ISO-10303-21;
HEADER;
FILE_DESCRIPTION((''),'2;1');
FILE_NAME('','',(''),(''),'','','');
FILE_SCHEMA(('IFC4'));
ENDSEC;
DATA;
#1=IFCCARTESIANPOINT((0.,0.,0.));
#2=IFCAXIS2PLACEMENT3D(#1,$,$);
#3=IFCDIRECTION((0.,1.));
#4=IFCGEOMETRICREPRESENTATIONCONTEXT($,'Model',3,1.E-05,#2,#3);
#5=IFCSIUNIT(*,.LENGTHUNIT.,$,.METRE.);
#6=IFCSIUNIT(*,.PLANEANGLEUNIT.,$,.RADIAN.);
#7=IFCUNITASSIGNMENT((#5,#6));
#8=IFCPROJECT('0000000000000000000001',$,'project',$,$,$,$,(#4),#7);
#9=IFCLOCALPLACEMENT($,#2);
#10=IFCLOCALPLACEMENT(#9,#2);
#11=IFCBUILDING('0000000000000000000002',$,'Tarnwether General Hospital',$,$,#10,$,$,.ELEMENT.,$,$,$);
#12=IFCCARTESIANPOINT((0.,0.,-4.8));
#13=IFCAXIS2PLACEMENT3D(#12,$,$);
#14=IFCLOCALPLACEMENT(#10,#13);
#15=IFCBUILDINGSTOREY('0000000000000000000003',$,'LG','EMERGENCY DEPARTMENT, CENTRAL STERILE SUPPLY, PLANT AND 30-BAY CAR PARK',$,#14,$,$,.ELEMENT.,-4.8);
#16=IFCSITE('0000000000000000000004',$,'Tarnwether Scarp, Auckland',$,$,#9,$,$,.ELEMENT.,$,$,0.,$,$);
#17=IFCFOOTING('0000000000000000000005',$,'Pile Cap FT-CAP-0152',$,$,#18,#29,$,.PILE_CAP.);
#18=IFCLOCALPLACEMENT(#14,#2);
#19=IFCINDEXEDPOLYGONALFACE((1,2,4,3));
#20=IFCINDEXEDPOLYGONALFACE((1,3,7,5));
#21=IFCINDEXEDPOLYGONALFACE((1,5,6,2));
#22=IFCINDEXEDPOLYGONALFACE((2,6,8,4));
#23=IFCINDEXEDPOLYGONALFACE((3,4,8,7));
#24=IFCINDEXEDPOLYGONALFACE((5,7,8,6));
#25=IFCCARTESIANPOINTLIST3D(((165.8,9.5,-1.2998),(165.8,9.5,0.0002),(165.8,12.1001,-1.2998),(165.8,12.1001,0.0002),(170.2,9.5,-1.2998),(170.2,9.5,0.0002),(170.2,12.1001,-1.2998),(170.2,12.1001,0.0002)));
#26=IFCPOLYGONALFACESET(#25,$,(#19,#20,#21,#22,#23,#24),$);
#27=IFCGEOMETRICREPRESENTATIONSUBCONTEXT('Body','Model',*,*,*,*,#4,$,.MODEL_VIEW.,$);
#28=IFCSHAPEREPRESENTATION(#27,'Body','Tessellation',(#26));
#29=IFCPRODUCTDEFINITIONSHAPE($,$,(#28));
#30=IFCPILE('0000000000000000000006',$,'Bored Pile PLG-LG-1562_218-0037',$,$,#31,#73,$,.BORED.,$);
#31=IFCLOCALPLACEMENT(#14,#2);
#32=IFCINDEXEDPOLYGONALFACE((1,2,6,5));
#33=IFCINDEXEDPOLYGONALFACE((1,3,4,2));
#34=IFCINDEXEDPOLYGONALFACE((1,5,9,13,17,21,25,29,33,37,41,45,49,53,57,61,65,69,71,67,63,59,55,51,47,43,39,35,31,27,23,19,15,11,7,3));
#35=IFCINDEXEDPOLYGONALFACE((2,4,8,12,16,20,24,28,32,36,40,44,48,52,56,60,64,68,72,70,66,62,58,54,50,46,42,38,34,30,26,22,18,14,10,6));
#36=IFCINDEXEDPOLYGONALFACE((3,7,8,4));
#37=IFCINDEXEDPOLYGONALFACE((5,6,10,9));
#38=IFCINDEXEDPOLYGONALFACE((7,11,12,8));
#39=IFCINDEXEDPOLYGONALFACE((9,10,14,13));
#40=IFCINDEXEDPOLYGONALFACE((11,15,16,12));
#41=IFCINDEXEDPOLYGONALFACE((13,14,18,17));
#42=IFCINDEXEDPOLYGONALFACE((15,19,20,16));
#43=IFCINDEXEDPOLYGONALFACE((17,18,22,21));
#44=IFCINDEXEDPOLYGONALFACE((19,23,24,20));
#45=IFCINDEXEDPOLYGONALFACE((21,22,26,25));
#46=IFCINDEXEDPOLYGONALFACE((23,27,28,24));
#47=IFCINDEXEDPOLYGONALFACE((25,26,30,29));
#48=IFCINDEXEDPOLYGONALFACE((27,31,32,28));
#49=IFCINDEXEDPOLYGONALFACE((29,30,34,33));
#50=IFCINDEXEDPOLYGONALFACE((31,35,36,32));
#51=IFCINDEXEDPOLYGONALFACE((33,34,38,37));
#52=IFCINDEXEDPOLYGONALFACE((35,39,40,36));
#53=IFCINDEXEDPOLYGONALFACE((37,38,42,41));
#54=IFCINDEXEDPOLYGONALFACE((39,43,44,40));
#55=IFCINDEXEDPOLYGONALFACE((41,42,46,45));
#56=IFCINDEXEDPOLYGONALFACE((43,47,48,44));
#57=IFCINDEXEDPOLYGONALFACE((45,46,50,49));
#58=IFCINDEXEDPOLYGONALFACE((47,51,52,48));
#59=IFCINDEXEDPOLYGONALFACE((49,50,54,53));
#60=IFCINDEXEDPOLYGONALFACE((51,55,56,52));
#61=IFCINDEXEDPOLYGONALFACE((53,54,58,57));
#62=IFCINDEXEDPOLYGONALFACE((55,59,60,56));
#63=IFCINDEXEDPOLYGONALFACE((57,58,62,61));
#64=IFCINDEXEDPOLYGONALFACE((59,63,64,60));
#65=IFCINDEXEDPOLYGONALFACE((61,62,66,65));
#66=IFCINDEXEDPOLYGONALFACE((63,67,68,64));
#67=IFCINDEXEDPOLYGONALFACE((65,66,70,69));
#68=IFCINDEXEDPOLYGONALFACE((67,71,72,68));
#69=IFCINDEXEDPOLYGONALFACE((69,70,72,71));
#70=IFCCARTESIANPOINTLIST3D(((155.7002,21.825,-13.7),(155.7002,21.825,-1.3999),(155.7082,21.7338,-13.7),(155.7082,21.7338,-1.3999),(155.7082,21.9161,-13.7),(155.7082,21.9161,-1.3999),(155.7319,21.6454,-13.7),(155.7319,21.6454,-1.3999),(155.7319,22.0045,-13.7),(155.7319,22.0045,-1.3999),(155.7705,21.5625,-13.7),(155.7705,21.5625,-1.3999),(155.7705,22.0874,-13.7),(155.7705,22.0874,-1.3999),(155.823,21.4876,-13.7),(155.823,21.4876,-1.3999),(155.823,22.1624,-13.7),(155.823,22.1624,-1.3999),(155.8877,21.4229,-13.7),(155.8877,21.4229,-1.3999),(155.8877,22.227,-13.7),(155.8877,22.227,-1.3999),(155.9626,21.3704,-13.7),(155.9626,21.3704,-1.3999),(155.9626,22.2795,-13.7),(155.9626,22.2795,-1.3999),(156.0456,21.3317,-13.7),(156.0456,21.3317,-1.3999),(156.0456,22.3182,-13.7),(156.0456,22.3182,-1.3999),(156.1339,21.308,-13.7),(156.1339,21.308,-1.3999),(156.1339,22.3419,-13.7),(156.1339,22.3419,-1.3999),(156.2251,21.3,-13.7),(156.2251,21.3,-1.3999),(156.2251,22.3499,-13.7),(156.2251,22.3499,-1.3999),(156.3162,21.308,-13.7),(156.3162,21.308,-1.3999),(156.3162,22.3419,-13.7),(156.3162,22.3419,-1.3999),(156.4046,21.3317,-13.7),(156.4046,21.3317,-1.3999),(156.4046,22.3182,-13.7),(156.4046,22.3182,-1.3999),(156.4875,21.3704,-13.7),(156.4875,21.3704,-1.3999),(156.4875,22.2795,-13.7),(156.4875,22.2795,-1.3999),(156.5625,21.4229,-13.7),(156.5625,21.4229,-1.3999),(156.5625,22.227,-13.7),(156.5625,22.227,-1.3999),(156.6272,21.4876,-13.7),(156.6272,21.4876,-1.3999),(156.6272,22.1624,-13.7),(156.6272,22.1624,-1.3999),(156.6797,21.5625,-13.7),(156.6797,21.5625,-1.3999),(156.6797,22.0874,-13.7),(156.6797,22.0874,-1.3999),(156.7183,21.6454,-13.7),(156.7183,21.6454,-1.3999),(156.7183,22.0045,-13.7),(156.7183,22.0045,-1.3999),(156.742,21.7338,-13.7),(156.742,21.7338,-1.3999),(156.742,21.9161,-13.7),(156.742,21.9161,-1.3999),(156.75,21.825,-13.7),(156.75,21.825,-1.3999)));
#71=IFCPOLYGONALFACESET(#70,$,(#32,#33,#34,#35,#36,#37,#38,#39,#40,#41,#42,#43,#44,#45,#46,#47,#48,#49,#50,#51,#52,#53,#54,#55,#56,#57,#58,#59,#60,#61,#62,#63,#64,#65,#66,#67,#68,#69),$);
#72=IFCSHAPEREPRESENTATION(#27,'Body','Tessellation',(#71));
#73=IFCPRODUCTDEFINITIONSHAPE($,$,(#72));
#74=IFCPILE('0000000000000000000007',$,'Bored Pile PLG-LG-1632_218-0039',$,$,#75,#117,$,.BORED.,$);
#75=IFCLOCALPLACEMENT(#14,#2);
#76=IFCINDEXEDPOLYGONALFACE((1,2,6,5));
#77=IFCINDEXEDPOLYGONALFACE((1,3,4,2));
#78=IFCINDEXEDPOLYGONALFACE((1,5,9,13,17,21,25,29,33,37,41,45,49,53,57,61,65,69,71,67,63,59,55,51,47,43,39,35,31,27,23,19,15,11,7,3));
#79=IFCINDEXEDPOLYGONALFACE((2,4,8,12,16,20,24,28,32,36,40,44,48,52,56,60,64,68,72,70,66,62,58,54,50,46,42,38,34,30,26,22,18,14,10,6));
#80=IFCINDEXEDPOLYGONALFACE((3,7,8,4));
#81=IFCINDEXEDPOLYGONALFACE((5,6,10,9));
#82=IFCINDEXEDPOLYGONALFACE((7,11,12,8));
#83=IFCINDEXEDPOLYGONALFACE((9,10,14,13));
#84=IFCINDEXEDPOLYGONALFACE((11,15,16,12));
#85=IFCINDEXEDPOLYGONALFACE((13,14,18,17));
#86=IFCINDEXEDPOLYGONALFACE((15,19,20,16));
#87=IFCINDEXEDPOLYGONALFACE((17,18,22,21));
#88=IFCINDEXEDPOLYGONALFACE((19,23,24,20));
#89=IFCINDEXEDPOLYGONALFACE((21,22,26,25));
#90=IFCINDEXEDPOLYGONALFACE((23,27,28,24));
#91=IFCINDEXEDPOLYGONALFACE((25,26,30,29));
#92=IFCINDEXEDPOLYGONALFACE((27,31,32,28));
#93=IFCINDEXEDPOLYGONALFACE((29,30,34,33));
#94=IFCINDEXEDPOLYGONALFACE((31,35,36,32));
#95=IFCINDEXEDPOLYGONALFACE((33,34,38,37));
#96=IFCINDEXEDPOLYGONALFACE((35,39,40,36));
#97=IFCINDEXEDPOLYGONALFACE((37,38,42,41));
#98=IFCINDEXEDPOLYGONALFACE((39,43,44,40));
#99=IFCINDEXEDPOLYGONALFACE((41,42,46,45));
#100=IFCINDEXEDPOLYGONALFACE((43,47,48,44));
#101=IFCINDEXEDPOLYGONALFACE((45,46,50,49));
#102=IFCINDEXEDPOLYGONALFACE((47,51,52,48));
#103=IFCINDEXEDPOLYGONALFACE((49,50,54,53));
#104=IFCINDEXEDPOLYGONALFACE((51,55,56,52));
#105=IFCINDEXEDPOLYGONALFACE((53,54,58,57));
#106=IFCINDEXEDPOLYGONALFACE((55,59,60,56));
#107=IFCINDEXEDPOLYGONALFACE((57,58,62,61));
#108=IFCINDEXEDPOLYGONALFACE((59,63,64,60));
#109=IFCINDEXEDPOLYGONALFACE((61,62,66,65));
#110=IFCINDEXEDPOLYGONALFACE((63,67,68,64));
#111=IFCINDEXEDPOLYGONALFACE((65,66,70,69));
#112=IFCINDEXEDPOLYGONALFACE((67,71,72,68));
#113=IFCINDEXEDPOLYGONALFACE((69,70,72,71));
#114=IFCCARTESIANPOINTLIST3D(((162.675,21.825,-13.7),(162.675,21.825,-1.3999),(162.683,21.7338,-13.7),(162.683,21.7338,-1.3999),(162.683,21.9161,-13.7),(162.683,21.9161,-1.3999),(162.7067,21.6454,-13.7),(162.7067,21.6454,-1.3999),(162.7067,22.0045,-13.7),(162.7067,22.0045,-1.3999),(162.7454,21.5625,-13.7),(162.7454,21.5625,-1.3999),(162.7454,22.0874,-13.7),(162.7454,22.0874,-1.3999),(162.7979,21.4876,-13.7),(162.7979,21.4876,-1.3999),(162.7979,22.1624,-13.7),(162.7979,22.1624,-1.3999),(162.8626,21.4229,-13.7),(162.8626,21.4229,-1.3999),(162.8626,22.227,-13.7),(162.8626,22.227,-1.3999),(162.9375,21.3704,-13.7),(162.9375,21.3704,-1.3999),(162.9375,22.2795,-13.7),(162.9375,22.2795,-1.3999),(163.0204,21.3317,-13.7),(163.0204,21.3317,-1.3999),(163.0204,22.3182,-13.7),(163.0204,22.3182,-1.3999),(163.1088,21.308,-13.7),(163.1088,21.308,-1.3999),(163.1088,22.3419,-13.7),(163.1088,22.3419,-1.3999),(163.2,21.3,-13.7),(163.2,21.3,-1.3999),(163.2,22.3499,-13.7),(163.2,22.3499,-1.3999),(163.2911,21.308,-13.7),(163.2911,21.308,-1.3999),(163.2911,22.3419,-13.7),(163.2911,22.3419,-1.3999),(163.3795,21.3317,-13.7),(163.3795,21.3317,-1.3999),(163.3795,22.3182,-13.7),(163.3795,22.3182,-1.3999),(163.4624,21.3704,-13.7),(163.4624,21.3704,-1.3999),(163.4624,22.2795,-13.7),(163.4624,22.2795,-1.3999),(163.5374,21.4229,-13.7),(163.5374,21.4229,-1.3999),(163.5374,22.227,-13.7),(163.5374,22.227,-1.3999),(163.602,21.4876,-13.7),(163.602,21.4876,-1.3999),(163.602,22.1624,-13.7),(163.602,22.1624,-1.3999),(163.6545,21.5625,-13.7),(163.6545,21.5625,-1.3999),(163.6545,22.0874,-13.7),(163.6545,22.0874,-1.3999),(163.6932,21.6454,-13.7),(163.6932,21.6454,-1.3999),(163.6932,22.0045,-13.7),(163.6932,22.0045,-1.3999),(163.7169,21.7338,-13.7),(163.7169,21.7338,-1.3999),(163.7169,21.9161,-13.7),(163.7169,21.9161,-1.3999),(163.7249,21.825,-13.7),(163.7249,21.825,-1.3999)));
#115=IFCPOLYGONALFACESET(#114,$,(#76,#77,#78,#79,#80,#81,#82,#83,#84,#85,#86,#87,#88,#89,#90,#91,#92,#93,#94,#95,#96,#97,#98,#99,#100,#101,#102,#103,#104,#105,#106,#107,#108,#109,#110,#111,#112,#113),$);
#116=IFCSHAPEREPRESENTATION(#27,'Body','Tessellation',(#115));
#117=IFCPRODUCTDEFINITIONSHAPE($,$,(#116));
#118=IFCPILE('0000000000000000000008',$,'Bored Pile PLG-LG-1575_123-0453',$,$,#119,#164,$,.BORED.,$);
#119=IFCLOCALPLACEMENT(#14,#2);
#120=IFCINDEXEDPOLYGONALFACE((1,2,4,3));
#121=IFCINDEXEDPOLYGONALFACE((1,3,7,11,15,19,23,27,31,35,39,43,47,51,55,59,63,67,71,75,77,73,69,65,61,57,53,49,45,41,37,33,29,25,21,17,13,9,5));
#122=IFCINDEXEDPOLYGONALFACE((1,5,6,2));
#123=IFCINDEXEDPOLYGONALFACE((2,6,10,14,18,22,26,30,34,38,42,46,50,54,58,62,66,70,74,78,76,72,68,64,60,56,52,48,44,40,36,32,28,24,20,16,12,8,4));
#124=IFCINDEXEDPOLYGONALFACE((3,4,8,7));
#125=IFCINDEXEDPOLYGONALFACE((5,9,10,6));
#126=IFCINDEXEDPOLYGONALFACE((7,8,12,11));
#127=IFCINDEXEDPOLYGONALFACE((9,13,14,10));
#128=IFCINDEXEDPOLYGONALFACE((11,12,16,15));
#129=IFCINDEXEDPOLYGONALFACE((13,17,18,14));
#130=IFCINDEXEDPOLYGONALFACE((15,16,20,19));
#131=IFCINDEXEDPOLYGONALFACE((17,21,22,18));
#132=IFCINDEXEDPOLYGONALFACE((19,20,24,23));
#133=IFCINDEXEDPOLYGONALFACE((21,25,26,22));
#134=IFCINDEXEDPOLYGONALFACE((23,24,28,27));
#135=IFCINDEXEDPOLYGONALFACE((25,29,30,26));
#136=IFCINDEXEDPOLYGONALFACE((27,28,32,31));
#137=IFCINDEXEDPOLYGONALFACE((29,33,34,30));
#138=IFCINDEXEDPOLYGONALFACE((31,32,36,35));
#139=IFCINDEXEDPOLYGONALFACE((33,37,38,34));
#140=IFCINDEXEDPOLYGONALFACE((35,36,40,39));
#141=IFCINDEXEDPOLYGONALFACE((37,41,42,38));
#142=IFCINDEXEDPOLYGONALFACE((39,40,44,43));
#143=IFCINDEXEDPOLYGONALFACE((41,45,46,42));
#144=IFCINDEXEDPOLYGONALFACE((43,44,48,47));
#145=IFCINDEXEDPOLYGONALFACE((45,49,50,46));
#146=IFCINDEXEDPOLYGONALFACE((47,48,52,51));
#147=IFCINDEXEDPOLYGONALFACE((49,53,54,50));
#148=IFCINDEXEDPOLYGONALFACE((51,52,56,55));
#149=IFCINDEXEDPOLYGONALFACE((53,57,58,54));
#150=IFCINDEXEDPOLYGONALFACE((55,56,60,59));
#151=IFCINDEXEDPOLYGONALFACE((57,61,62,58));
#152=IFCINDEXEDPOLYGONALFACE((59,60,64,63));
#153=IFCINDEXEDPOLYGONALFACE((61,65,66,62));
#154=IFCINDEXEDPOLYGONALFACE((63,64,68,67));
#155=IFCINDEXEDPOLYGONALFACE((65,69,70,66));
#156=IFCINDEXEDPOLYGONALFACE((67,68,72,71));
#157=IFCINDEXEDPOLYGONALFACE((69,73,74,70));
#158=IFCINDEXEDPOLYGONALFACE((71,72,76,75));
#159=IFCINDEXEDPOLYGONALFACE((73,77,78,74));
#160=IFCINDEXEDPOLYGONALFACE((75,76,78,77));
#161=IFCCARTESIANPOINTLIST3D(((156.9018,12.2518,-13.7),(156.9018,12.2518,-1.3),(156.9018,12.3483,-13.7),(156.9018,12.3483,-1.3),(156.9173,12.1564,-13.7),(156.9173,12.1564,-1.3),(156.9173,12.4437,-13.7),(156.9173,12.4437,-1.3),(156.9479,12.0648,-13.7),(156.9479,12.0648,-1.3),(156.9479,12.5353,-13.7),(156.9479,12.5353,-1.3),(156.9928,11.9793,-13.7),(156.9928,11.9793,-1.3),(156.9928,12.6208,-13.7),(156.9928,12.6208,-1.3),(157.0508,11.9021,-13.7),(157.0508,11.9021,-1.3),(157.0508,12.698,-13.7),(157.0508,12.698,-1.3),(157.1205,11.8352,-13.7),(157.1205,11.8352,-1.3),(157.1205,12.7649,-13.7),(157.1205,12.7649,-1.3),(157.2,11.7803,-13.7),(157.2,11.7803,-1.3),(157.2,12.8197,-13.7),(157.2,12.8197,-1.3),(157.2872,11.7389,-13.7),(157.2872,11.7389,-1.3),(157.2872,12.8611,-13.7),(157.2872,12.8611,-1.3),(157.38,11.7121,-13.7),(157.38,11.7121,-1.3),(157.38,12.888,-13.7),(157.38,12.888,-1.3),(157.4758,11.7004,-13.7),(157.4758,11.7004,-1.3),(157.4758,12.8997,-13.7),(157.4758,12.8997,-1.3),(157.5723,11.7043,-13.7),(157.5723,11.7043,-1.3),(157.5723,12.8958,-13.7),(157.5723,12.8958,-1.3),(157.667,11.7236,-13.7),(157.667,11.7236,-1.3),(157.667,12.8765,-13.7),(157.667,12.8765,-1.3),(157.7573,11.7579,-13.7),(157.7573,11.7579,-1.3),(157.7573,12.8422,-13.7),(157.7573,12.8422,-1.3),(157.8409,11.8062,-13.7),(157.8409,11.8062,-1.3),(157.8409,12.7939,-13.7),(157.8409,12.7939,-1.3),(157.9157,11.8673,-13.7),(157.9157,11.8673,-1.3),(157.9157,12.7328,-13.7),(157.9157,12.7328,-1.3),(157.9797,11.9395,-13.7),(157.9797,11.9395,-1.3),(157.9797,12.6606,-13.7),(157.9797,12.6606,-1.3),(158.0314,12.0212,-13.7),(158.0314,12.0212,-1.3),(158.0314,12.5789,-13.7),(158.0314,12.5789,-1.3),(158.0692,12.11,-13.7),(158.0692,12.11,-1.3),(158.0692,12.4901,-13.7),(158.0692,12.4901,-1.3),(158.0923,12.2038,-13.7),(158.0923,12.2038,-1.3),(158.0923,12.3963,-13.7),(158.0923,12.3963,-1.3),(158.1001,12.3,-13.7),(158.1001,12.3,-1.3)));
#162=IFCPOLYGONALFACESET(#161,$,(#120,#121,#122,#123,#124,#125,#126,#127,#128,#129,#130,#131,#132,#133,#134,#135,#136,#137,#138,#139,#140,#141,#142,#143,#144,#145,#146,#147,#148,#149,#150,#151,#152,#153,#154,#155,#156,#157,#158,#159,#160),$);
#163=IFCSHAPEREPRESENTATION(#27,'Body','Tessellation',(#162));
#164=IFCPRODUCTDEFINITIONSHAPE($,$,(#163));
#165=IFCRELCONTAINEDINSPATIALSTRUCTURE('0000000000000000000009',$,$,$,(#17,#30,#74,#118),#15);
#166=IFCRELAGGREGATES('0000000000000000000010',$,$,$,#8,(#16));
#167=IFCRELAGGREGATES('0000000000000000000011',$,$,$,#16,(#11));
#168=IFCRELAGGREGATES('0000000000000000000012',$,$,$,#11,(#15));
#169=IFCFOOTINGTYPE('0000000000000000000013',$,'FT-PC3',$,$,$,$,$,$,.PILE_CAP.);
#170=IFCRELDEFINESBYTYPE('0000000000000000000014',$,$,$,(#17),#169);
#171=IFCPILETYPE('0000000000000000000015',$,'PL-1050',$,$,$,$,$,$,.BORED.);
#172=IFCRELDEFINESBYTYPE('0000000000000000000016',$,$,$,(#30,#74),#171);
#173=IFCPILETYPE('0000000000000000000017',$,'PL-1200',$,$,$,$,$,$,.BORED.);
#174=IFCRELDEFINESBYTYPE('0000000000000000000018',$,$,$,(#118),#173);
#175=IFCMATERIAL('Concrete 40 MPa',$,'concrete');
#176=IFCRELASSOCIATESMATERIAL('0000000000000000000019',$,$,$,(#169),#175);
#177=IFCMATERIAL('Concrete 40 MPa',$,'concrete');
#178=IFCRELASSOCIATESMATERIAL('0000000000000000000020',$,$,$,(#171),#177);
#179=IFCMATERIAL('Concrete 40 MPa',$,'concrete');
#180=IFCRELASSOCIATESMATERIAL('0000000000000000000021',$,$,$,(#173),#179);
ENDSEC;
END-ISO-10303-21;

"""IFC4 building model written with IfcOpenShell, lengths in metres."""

from ifc_helpers import new_model, si_unit, direction, frame, origin, origin_2d, place, context, subcontext, project, spatial, rectangle, circle, extrude, material, material_profile, profile_set, type_object, element, save


model = new_model("IFC4")

# Units and contexts
model_context = context("Model", 3, precision=1e-05, world=origin(), true_north=direction((0.0, 1.0)))
body_context = subcontext(model_context, "Body", "Model", "MODEL_VIEW")
ifc_project = project(units=[si_unit("LENGTHUNIT", "METRE"), si_unit("PLANEANGLEUNIT", "RADIAN")], contexts=[model_context])

# Site, building, storey
site_placement = place(None, origin())
site = spatial("IfcSite", under=ifc_project, at=site_placement, Name="Tarnwether Scarp, Auckland", CompositionType="ELEMENT", RefElevation=0.0)
building_placement = place(site_placement, origin())
building = spatial("IfcBuilding", under=site, at=building_placement, Name="Tarnwether General Hospital", CompositionType="ELEMENT")
storey_placement = place(building_placement, frame((0.0, 0.0, -4.8)))
storey = spatial("IfcBuildingStorey", under=building, at=storey_placement, Name="LG", Description="EMERGENCY DEPARTMENT, CENTRAL STERILE SUPPLY, PLANT AND 30-BAY CAR PARK", CompositionType="ELEMENT", Elevation=-4.8)

# Footing
ifc_material_1 = material(Name="Concrete 40 MPa", Category="concrete")
footing_type = type_object("IfcFootingType", Name="FT-PC3", PredefinedType="PILE_CAP", material=ifc_material_1)
footing_placement = place(storey_placement, frame((168.0, 10.8, -1.2998), z_axis=(0.0, 0.0, 1.0), x_axis=(1.0, 0.0, 0.0)))
element("IfcFooting", 1, at=footing_placement, inside=storey, type_object=footing_type, Name="Pile Cap FT-CAP-0152", PredefinedType="PILE_CAP", context=body_context, shape_type="SweptSolid", body=[
    extrude(rectangle(XDim=4.3999, YDim=2.6001, at=origin_2d()), origin(), (0.0, 0.0, 1.0), 1.3),
])

# Piles
ifc_material_2 = material(Name="Concrete 40 MPa", Category="concrete")
ifc_material_profile_1 = material_profile(ifc_material_2, circle(Radius=0.5249, at=origin_2d()), Name="PILE-D1050")
ifc_profile_set_1 = profile_set([ifc_material_profile_1], Name="Concrete 40 MPa")
pile_type_1 = type_object("IfcPileType", Name="PL-1050", PredefinedType="BORED", material=ifc_profile_set_1)
for number, where, z_axis, x_axis, name in (
    (2, (156.2251, 21.825, -1.3999), (0.0, 0.0, -1.0), (1.0, 0.0, 0.0), "Bored Pile PLG-LG-1562_218-0037"),
    (3, (163.2, 21.825, -1.3999), (0.0, 0.0, -1.0), (1.0, 0.0, 0.0), "Bored Pile PLG-LG-1632_218-0039"),
):
    element("IfcPile", number, at=place(storey_placement, frame(where, z_axis=z_axis, x_axis=x_axis)), inside=storey, type_object=pile_type_1, Name=name, PredefinedType="BORED", context=body_context, shape_type="SweptSolid", body=[
        extrude(circle(Radius=0.5249, at=origin_2d()), origin(), (0.0, 0.0, 1.0), 12.3),
    ])
ifc_material_3 = material(Name="Concrete 40 MPa", Category="concrete")
ifc_material_profile_2 = material_profile(ifc_material_3, circle(Radius=0.6001, at=origin_2d()), Name="PILE-D1200")
ifc_profile_set_2 = profile_set([ifc_material_profile_2], Name="Concrete 40 MPa")
pile_type_2 = type_object("IfcPileType", Name="PL-1200", PredefinedType="BORED", material=ifc_profile_set_2)
pile_placement = place(storey_placement, frame((157.5, 12.3, -1.3), z_axis=(0.0, 0.0, -1.0), x_axis=(1.0, 0.0, 0.0)))
element("IfcPile", 4, at=pile_placement, inside=storey, type_object=pile_type_2, Name="Bored Pile PLG-LG-1575_123-0453", PredefinedType="BORED", context=body_context, shape_type="SweptSolid", body=[
    extrude(circle(Radius=0.6001, at=origin_2d()), origin(), (0.0, 0.0, 1.0), 12.3999),
])

save(model, "model.ifc")
